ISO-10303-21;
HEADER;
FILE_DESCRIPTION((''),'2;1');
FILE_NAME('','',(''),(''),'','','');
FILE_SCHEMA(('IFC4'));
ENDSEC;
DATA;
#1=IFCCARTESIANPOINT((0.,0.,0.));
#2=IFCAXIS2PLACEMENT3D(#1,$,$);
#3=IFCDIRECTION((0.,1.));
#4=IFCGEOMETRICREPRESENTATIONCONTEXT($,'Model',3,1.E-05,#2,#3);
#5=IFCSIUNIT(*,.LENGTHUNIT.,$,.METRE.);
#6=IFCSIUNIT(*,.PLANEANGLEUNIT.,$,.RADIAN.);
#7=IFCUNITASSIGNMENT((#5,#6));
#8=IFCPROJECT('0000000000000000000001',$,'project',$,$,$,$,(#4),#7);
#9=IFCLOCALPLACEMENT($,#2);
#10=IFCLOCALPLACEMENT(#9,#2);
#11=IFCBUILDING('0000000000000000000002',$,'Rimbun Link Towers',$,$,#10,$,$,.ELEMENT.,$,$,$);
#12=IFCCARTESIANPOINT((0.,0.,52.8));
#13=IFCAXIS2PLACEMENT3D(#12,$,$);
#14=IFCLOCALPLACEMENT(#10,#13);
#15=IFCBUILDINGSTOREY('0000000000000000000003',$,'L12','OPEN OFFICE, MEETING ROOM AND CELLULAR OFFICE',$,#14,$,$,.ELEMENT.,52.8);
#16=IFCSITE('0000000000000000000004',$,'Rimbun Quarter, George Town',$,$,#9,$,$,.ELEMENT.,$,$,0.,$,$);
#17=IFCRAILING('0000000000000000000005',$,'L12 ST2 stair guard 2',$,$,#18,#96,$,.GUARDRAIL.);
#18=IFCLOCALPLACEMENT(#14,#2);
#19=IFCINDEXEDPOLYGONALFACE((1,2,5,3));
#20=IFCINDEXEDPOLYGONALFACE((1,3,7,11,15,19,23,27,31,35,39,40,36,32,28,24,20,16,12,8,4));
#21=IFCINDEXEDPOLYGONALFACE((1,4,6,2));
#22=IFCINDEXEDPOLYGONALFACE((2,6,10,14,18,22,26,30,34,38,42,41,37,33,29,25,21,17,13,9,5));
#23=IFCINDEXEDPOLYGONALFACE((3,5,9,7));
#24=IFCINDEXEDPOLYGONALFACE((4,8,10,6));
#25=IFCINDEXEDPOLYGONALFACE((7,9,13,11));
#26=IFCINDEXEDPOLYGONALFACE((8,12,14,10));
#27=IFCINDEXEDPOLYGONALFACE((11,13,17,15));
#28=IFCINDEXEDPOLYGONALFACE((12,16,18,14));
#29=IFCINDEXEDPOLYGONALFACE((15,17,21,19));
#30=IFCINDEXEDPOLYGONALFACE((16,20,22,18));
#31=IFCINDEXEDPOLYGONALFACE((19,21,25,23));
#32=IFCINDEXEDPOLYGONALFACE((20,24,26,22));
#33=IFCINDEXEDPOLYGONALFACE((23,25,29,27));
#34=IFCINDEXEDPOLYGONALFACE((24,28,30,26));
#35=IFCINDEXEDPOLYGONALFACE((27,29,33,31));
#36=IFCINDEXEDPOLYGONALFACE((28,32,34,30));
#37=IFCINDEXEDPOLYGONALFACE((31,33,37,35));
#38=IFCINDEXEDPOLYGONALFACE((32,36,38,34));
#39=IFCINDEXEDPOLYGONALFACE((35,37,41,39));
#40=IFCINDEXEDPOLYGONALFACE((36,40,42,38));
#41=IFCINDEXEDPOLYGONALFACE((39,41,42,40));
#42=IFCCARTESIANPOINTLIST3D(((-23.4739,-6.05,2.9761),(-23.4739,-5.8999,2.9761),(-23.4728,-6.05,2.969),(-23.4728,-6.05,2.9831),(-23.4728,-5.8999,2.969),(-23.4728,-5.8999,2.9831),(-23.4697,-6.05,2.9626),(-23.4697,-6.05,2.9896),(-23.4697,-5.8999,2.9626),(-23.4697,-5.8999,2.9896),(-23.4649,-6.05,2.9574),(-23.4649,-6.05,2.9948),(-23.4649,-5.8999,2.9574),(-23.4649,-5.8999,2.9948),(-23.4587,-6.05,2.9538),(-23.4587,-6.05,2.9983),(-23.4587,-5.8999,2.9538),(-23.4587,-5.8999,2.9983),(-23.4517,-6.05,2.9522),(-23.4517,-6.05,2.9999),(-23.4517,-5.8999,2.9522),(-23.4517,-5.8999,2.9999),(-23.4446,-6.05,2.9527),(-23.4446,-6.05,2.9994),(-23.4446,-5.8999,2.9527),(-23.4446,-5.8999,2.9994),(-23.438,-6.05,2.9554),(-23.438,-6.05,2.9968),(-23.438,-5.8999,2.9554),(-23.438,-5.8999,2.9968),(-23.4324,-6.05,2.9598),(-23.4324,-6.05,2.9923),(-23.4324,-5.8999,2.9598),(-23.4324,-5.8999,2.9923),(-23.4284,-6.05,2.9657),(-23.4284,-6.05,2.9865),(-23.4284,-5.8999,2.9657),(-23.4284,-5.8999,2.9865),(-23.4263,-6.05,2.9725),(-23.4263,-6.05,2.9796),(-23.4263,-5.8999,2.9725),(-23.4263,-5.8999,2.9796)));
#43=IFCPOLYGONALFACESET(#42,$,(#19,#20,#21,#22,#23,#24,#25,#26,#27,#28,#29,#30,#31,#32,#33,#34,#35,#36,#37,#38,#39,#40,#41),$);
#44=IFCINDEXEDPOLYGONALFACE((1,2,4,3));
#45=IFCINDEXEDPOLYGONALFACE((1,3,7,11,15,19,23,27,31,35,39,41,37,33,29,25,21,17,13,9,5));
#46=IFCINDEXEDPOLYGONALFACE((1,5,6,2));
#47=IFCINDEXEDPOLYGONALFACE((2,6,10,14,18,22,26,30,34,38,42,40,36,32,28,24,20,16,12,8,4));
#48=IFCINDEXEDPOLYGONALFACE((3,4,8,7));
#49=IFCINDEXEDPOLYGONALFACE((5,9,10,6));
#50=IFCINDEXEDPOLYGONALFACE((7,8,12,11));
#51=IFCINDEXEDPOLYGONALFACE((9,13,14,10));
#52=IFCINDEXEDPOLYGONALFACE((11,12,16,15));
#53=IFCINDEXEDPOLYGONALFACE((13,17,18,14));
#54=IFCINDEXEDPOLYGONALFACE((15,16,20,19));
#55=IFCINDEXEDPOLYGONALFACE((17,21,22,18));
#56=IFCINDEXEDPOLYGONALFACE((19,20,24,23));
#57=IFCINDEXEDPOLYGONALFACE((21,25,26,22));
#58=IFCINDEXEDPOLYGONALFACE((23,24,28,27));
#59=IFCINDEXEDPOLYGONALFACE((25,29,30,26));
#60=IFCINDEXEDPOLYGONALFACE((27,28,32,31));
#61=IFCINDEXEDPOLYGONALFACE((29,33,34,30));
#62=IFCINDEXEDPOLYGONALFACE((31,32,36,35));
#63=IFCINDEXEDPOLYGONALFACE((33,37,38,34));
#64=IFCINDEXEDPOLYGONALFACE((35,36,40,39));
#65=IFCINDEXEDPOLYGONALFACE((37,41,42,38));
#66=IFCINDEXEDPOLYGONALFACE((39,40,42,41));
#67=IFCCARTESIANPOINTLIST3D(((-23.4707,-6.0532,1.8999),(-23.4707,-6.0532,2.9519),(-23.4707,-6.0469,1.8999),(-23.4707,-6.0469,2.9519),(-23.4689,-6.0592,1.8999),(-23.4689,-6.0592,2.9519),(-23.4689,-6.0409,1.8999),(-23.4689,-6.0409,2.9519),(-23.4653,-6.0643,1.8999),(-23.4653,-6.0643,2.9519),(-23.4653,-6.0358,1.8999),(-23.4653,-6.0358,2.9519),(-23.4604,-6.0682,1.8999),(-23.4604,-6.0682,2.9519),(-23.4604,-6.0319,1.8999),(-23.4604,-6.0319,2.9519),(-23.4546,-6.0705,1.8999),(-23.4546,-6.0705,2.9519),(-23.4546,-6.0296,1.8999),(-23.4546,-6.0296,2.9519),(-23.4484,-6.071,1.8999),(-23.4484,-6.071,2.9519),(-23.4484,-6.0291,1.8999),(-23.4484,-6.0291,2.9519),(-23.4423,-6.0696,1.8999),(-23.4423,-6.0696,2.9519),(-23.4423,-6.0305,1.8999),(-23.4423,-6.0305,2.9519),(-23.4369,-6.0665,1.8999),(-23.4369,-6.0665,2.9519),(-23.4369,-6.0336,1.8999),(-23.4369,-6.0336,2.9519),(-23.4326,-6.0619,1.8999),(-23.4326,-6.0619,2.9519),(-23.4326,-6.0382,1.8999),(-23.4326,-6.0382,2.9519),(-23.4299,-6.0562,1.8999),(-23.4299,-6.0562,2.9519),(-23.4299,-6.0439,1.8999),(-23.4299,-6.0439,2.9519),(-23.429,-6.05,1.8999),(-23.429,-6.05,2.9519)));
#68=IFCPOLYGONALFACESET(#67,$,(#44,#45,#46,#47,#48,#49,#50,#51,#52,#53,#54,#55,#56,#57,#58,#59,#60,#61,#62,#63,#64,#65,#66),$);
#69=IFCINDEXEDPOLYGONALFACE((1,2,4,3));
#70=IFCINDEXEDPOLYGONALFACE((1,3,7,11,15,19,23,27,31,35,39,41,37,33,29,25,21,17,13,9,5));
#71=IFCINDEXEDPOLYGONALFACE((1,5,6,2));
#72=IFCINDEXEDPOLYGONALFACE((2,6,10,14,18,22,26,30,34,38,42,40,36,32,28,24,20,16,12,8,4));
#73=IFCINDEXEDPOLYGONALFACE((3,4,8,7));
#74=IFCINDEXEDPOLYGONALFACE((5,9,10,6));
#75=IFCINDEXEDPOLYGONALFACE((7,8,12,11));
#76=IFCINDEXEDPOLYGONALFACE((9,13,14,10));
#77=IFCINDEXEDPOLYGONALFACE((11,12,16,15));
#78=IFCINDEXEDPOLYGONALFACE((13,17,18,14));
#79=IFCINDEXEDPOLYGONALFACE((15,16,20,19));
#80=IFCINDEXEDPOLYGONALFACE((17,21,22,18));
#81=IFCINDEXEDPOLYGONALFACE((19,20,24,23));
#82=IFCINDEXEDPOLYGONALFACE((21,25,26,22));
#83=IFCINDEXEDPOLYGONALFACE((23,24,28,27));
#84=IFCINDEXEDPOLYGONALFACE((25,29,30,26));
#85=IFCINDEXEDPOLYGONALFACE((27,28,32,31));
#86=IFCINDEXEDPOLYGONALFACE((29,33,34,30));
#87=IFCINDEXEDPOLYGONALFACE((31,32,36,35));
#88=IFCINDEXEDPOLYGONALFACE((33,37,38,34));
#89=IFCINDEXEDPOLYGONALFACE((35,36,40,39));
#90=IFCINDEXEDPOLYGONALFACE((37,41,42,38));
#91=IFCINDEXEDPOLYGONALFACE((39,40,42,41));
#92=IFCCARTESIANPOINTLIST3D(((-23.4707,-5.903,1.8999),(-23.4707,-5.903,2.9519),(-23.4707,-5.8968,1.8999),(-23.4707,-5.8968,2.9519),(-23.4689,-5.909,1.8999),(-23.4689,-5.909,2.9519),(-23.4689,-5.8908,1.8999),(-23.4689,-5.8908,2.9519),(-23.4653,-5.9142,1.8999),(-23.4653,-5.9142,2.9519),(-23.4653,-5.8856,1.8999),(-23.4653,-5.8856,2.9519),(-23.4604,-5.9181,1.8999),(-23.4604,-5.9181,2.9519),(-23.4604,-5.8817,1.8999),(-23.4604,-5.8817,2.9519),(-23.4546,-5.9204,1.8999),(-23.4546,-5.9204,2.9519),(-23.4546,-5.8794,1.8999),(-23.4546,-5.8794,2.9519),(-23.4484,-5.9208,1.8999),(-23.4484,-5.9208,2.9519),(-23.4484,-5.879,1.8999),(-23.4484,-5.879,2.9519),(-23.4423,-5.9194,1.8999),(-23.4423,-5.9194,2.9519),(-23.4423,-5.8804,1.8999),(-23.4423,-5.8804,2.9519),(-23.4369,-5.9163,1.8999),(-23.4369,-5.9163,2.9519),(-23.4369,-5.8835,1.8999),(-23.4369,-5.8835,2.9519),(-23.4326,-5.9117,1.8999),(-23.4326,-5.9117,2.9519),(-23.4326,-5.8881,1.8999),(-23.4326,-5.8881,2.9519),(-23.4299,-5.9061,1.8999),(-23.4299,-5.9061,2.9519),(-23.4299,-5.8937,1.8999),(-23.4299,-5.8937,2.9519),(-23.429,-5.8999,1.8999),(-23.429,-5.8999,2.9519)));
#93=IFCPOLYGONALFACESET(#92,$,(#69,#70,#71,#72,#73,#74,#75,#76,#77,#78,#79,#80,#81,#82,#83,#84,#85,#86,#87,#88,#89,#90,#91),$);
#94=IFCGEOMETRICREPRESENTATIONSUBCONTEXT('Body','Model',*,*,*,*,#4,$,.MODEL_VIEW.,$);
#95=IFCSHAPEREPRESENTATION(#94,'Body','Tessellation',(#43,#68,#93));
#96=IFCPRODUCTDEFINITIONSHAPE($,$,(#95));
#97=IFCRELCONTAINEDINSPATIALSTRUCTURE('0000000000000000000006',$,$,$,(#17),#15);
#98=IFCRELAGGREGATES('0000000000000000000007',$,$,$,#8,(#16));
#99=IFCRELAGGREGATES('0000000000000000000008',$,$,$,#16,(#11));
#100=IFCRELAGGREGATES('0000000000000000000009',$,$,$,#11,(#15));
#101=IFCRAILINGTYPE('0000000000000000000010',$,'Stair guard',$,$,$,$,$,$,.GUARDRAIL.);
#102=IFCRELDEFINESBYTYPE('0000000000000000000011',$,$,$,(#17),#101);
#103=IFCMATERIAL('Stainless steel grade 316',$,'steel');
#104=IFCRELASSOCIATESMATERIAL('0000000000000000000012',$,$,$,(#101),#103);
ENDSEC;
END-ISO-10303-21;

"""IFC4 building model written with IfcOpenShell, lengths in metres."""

from ifc_helpers import new_model, si_unit, direction, frame, origin, origin_2d, place, context, subcontext, project, spatial, circle, extrude, material, type_object, element, save


model = new_model("IFC4")

# Units and contexts
model_context = context("Model", 3, precision=1e-05, world=origin(), true_north=direction((0.0, 1.0)))
body_context = subcontext(model_context, "Body", "Model", "MODEL_VIEW")
ifc_project = project(units=[si_unit("LENGTHUNIT", "METRE"), si_unit("PLANEANGLEUNIT", "RADIAN")], contexts=[model_context])

# Site, building, storey
site_placement = place(None, origin())
site = spatial("IfcSite", under=ifc_project, at=site_placement, Name="Rimbun Quarter, George Town", CompositionType="ELEMENT", RefElevation=0.0)
building_placement = place(site_placement, origin())
building = spatial("IfcBuilding", under=site, at=building_placement, Name="Rimbun Link Towers", CompositionType="ELEMENT")
storey_placement = place(building_placement, frame((0.0, 0.0, 52.8)))
storey = spatial("IfcBuildingStorey", under=building, at=storey_placement, Name="L12", Description="OPEN OFFICE, MEETING ROOM AND CELLULAR OFFICE", CompositionType="ELEMENT", Elevation=52.8)

# Railing
ifc_material_1 = material(Name="Stainless steel grade 316", Category="steel")
railing_type_1 = type_object("IfcRailingType", Name="Stair guard", PredefinedType="GUARDRAIL", material=ifc_material_1)
railing_1_placement = place(storey_placement, frame((-23.45, -6.05, 1.8999)))
element("IfcRailing", 1, at=railing_1_placement, inside=storey, type_object=railing_type_1, Name="L12 ST2 stair guard 2", PredefinedType="GUARDRAIL", context=body_context, shape_type="SweptSolid", body=[
    extrude(circle(Radius=0.0239, at=origin_2d()), frame((0.0, 0.0, 1.0762), z_axis=(0.0, 1.0, 0.0), x_axis=(-1.0, 0.0, 0.0)), (0.0, 0.0, 1.0), 0.1501),
    extrude(circle(Radius=0.021, at=origin_2d()), origin(), (0.0, 0.0, 1.0), 1.052),
    extrude(circle(Radius=0.021, at=origin_2d()), frame((0.0, 0.1501, 0.0)), (0.0, 0.0, 1.0), 1.052),
])

save(model, "model.ifc")
